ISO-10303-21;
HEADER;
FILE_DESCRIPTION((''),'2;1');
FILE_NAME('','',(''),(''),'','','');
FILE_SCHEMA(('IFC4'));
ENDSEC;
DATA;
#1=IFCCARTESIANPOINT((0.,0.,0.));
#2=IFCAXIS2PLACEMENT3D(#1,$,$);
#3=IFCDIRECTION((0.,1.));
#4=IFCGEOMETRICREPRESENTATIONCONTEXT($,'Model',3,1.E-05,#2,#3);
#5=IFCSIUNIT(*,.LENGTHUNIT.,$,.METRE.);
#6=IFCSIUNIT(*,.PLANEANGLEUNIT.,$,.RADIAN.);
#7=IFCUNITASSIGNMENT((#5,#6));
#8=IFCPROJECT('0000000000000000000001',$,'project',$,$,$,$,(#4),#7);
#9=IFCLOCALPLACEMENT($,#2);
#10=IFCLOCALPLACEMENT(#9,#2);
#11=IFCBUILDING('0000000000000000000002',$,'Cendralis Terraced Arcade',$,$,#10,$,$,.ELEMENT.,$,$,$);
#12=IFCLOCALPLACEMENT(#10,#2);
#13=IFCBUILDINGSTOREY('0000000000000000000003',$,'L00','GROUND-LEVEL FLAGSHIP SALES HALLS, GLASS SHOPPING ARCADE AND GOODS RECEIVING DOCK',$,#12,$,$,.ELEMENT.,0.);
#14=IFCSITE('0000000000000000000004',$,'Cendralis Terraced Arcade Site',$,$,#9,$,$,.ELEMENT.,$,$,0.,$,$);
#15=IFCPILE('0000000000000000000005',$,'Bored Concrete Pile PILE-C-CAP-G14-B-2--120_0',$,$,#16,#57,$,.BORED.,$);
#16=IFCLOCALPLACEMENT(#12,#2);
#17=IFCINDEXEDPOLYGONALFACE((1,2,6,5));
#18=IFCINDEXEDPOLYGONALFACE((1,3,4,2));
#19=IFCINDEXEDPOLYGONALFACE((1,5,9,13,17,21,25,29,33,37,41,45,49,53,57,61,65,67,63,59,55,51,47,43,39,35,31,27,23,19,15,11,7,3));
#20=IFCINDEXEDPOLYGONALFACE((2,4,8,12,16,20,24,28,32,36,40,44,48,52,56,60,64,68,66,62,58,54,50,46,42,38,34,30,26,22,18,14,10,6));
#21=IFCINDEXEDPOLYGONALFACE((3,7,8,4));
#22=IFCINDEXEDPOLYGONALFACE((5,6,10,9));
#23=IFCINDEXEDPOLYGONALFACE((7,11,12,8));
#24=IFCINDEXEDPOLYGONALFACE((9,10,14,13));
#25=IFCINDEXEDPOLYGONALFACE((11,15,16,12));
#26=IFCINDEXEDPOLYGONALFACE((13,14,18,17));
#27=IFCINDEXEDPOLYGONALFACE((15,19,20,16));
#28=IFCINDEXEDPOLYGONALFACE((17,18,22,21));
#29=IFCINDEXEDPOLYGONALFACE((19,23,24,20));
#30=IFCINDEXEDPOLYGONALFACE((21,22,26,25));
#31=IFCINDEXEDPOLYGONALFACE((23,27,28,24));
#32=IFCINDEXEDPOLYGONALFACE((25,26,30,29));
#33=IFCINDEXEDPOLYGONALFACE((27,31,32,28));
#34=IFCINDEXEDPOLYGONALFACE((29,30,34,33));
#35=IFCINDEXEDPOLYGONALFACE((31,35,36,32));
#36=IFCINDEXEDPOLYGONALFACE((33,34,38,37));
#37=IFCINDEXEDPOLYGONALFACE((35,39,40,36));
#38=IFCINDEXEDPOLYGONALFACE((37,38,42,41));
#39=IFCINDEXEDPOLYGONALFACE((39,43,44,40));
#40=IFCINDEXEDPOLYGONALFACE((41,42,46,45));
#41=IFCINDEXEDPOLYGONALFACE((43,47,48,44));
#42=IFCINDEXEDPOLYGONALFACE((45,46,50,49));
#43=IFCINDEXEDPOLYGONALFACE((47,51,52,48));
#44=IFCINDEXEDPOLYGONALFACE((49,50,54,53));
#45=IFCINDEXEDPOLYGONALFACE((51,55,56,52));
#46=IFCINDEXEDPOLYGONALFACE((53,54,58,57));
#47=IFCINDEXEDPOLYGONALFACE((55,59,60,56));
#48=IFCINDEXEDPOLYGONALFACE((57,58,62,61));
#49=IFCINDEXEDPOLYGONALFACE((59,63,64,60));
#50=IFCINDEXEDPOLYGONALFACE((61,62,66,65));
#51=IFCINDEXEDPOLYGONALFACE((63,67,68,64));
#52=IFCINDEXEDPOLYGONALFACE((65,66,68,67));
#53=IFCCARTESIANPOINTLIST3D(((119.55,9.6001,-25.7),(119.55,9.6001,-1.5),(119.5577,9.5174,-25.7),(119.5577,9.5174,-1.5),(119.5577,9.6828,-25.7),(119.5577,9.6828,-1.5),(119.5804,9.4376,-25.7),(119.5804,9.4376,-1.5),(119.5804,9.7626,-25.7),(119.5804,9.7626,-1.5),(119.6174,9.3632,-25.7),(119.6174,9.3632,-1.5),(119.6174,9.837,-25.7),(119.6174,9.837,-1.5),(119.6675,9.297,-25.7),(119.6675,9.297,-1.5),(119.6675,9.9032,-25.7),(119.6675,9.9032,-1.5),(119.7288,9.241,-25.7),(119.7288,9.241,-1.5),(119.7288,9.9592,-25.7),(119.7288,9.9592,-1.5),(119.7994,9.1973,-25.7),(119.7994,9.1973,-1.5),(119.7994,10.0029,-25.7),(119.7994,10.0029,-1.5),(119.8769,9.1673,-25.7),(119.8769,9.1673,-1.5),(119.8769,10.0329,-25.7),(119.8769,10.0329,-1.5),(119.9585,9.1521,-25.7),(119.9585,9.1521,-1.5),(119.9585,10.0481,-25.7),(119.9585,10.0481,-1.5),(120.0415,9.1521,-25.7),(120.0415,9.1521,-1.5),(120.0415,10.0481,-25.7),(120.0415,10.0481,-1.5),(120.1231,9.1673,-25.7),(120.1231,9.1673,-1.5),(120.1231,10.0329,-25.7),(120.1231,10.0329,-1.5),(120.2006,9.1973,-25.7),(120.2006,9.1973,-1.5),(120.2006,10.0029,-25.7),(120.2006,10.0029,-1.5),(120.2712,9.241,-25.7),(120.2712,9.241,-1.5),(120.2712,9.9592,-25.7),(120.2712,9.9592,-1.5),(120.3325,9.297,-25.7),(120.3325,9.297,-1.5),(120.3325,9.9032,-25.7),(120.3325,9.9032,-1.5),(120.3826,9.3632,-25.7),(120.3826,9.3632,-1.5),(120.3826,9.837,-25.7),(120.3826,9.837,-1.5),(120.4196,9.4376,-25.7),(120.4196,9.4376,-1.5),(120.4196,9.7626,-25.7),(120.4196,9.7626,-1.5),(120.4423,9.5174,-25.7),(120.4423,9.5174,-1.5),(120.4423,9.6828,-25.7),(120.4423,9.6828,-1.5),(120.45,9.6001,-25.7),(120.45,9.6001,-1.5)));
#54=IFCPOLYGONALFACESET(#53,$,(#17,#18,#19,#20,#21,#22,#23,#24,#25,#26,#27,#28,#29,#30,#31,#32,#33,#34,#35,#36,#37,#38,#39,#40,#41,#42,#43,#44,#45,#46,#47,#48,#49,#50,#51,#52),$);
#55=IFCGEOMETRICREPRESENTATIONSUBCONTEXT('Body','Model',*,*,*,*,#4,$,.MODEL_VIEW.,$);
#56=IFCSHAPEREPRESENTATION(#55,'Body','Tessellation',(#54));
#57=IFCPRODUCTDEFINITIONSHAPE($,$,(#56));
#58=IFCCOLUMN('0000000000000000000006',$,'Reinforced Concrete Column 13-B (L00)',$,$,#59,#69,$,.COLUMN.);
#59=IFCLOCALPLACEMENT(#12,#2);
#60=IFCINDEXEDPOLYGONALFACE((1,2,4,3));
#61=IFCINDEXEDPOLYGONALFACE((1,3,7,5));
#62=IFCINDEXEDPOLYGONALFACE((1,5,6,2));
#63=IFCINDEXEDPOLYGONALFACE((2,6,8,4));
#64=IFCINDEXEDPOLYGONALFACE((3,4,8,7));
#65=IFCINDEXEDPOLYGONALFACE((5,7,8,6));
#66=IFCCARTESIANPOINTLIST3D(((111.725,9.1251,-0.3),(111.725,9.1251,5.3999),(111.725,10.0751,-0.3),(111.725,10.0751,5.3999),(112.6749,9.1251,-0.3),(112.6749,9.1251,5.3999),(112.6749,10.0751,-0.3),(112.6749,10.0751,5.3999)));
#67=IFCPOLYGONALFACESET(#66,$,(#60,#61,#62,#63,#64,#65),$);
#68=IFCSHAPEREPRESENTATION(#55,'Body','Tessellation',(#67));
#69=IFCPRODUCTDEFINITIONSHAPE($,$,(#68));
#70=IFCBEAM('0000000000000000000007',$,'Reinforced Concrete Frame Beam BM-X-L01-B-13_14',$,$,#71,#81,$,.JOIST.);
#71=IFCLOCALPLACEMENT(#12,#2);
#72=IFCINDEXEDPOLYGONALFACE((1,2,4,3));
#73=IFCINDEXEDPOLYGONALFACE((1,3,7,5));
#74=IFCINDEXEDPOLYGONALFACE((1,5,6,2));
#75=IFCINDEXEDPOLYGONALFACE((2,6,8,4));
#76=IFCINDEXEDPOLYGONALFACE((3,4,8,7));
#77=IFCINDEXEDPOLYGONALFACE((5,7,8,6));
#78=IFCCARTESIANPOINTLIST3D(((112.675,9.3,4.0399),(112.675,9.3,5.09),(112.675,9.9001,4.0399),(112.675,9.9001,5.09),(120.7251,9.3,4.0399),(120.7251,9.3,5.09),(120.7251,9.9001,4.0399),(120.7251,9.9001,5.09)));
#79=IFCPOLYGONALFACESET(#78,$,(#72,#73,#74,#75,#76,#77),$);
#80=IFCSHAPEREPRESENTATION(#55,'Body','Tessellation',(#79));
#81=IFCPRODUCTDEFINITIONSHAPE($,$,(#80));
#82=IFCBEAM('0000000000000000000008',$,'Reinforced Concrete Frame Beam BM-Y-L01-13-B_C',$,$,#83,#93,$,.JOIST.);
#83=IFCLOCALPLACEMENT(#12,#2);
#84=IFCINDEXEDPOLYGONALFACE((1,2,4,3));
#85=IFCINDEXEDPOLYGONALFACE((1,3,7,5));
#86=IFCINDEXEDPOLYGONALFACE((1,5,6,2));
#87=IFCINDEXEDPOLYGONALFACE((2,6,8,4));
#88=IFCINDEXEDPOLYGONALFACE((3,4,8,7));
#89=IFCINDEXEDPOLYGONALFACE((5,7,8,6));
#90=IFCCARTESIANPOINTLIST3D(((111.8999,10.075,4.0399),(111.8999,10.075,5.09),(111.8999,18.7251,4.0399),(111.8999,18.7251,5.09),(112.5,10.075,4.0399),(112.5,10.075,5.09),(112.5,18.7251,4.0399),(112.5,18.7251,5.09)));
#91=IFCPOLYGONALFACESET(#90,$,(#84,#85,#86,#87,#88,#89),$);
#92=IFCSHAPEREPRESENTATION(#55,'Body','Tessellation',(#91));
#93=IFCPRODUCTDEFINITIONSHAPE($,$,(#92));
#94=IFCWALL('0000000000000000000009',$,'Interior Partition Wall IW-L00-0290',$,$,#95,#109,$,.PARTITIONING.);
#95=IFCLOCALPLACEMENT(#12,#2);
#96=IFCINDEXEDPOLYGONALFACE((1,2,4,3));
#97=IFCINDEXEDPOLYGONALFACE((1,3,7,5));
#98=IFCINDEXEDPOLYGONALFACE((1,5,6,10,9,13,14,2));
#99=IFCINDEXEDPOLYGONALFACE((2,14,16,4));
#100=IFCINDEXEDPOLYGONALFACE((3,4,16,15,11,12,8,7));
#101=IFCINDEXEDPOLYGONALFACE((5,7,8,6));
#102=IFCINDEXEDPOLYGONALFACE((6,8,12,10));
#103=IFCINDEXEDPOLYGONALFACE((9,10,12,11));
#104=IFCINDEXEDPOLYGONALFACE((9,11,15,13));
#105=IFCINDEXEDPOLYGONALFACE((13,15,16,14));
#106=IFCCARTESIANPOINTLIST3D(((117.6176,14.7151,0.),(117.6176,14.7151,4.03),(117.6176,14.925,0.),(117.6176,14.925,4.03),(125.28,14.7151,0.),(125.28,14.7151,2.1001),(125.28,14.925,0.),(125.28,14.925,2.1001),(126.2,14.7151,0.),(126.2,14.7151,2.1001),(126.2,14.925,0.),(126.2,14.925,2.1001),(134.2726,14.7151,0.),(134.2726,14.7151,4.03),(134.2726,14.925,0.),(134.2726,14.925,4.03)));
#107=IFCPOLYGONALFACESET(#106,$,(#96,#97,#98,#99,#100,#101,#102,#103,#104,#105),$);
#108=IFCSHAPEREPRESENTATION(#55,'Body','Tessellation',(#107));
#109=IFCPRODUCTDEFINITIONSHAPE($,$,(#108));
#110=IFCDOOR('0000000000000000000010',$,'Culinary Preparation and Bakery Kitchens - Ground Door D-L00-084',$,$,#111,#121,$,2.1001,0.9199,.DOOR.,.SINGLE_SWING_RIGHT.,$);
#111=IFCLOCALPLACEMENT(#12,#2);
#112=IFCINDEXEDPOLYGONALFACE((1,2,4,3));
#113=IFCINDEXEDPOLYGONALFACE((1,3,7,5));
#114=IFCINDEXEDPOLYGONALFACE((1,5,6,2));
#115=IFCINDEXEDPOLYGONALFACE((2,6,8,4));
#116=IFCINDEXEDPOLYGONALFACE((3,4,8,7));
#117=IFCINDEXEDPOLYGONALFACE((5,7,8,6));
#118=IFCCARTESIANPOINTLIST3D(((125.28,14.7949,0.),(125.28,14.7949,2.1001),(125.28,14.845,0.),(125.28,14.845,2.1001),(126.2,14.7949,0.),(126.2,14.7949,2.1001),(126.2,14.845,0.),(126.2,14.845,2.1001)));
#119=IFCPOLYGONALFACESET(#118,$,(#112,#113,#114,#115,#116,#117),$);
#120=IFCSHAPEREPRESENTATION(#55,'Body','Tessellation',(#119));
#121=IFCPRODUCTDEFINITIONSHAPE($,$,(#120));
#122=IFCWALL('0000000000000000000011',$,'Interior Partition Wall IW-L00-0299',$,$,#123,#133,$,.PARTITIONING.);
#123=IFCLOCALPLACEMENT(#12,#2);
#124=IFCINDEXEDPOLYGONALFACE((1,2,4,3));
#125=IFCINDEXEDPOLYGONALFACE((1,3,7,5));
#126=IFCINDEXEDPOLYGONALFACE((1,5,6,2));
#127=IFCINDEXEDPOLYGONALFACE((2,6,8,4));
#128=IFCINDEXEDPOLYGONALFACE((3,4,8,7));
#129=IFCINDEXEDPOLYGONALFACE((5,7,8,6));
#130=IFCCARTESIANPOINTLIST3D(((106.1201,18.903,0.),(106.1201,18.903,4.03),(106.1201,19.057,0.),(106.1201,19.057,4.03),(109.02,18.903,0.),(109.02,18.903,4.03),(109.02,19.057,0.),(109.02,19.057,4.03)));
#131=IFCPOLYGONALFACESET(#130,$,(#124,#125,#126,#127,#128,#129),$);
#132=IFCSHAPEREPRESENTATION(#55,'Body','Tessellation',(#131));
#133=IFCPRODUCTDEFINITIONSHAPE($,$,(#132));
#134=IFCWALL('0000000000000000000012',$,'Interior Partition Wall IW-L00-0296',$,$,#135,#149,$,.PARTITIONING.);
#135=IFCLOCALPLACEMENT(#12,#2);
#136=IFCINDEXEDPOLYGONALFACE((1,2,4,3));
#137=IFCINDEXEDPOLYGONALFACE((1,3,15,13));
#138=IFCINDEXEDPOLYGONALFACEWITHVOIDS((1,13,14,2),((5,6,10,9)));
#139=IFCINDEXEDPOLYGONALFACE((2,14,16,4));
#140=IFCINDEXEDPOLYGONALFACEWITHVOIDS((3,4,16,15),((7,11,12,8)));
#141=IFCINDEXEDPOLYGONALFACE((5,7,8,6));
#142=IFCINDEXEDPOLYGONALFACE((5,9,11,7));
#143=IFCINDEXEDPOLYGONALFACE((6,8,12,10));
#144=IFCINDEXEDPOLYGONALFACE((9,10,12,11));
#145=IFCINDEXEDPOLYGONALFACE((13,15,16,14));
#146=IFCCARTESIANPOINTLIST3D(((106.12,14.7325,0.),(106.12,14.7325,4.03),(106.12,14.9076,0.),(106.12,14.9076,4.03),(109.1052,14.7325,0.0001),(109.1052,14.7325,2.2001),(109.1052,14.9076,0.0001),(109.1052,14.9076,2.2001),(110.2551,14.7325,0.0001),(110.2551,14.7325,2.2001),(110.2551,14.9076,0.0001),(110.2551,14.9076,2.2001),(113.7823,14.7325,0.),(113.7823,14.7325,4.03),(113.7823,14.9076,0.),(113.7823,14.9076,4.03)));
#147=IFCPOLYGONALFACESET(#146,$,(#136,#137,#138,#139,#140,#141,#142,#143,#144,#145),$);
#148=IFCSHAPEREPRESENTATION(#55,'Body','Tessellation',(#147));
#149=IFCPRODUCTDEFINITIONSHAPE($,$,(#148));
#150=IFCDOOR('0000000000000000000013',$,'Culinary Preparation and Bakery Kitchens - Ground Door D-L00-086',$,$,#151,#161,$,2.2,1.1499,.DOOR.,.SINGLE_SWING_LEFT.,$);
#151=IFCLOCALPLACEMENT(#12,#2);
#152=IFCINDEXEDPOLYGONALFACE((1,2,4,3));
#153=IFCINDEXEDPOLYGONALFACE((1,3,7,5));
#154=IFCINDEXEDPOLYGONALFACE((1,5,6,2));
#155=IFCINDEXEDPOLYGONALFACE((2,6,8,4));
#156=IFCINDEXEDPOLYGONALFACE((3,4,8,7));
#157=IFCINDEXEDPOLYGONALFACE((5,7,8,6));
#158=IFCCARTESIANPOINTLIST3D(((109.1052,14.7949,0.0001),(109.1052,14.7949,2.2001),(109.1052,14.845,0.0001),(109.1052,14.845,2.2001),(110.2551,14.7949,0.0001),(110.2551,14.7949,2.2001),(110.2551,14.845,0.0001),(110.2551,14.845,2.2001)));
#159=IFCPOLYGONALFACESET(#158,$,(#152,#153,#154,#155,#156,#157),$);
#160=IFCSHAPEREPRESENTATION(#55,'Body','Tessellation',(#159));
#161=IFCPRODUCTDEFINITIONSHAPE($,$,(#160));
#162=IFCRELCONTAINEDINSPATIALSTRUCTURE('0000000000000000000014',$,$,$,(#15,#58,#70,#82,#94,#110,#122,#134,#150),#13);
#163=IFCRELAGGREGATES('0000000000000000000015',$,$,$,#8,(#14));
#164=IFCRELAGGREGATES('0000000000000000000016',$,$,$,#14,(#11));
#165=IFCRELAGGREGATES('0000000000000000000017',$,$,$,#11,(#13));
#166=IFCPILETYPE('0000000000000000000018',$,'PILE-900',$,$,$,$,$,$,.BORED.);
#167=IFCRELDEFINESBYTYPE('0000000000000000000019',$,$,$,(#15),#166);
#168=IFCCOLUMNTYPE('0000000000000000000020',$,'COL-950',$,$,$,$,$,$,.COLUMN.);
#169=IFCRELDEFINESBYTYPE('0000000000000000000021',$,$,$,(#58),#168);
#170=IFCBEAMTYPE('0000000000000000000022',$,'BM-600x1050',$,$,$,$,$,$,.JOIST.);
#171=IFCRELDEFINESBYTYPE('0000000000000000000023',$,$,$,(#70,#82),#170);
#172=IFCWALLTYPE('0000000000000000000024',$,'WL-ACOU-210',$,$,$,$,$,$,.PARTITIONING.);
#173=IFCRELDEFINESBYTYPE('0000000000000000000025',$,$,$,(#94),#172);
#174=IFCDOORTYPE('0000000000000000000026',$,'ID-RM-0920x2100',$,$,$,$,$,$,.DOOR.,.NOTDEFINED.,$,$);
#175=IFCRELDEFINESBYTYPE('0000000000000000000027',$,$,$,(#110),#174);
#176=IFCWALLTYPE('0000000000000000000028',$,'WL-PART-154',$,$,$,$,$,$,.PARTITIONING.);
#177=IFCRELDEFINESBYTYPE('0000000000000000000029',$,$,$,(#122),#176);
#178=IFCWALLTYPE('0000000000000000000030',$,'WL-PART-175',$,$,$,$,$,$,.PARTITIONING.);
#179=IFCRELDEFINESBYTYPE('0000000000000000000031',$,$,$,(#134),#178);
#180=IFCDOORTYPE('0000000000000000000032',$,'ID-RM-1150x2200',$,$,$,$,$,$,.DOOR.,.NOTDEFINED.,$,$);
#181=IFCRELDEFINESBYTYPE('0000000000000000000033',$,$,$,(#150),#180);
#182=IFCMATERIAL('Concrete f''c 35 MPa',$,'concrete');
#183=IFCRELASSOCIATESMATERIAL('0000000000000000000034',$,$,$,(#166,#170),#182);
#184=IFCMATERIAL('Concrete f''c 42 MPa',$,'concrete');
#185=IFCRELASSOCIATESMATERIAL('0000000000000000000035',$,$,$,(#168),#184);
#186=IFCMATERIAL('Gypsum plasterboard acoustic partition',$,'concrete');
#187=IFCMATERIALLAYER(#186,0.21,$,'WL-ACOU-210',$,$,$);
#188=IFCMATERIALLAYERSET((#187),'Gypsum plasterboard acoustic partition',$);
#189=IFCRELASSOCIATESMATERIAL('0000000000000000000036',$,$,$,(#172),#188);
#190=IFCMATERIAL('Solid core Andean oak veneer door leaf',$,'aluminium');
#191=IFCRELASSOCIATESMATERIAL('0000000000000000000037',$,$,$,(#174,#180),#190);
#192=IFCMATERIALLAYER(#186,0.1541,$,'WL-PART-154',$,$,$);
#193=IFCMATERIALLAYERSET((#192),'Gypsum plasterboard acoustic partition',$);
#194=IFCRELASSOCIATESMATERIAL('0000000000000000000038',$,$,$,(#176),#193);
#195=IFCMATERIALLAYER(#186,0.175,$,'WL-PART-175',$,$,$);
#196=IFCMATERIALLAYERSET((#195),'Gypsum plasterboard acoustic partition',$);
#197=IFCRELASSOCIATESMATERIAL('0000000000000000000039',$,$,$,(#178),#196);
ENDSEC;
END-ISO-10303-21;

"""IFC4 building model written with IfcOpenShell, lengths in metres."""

from ifc_helpers import new_model, si_unit, direction, frame, frame_2d, origin, origin_2d, place, context, subcontext, project, spatial, rectangle, circle, extrude, material, layer, layer_set, material_profile, profile_set, type_object, element, fill, save


model = new_model("IFC4")

# Units and contexts
model_context = context("Model", 3, precision=1e-05, world=origin(), true_north=direction((0.0, 1.0)))
body_context = subcontext(model_context, "Body", "Model", "MODEL_VIEW")
ifc_project = project(units=[si_unit("LENGTHUNIT", "METRE"), si_unit("PLANEANGLEUNIT", "RADIAN")], contexts=[model_context])

# Site, building, storey
site_placement = place(None, origin())
site = spatial("IfcSite", under=ifc_project, at=site_placement, Name="Cendralis Terraced Arcade Site", CompositionType="ELEMENT", RefElevation=0.0)
building_placement = place(site_placement, origin())
building = spatial("IfcBuilding", under=site, at=building_placement, Name="Cendralis Terraced Arcade", CompositionType="ELEMENT")
storey_placement = place(building_placement, origin())
storey = spatial("IfcBuildingStorey", under=building, at=storey_placement, Name="L00", Description="GROUND-LEVEL FLAGSHIP SALES HALLS, GLASS SHOPPING ARCADE AND GOODS RECEIVING DOCK", CompositionType="ELEMENT", Elevation=0.0)

# Shared definitions
ifc_material_1 = material(Name="Concrete f'c 35 MPa", Category="concrete")

# Pile
ifc_material_profile_1 = material_profile(ifc_material_1, circle(Radius=0.45, at=origin_2d()), Name="PILE-D900", Category="LoadBearing")
ifc_profile_set_1 = profile_set([ifc_material_profile_1], Name="Concrete f'c 35 MPa")
pile_type_1 = type_object("IfcPileType", Name="PILE-900", PredefinedType="BORED", material=ifc_profile_set_1)
pile_1_placement = place(storey_placement, frame((120.0, 9.6001, -1.5), z_axis=(0.0, 0.0, -1.0), x_axis=(1.0, 0.0, 0.0)))
element("IfcPile", 1, at=pile_1_placement, inside=storey, type_object=pile_type_1, Name="Bored Concrete Pile PILE-C-CAP-G14-B-2--120_0", PredefinedType="BORED", context=body_context, shape_type="SweptSolid", body=[
    extrude(circle(Radius=0.45, at=origin_2d()), origin(), (0.0, 0.0, 1.0), 24.2),
])

# Column
ifc_material_2 = material(Name="Concrete f'c 42 MPa", Category="concrete")
ifc_material_profile_2 = material_profile(ifc_material_2, rectangle(XDim=0.95, YDim=0.95, at=origin_2d()), Name="RC-COL-950x950", Category="LoadBearing")
ifc_profile_set_2 = profile_set([ifc_material_profile_2], Name="Concrete f'c 42 MPa")
column_type = type_object("IfcColumnType", Name="COL-950", PredefinedType="COLUMN", material=ifc_profile_set_2)
column_placement = place(storey_placement, frame((112.2, 9.6001, -0.3), z_axis=(0.0, 0.0, 1.0), x_axis=(1.0, 0.0, 0.0)))
element("IfcColumn", 2, at=column_placement, inside=storey, type_object=column_type, Name="Reinforced Concrete Column 13-B (L00)", PredefinedType="COLUMN", context=body_context, shape_type="SweptSolid", body=[
    extrude(rectangle(XDim=0.95, YDim=0.95, at=origin_2d()), origin(), (0.0, 0.0, 1.0), 5.7),
])

# Beams
ifc_material_profile_3 = material_profile(ifc_material_1, rectangle(XDim=0.6001, YDim=1.05, at=origin_2d()), Name="RC-BM-600x1050", Category="LoadBearing")
ifc_profile_set_3 = profile_set([ifc_material_profile_3], Name="Concrete f'c 35 MPa")
beam_type = type_object("IfcBeamType", Name="BM-600x1050", PredefinedType="JOIST", material=ifc_profile_set_3)
beam_1_placement = place(storey_placement, frame((112.675, 9.6001, 4.5649), z_axis=(1.0, 0.0, 0.0), x_axis=(0.0, 1.0, 0.0)))
element("IfcBeam", 3, at=beam_1_placement, inside=storey, type_object=beam_type, Name="Reinforced Concrete Frame Beam BM-X-L01-B-13_14", PredefinedType="JOIST", context=body_context, shape_type="SweptSolid", body=[
    extrude(rectangle(XDim=0.6001, YDim=1.05, at=origin_2d()), origin(), (0.0, 0.0, 1.0), 8.05),
])
beam_2_placement = place(storey_placement, frame((112.2, 10.075, 4.5649), z_axis=(0.0, 1.0, 0.0), x_axis=(-1.0, 0.0, 0.0)))
element("IfcBeam", 4, at=beam_2_placement, inside=storey, type_object=beam_type, Name="Reinforced Concrete Frame Beam BM-Y-L01-13-B_C", PredefinedType="JOIST", context=body_context, shape_type="SweptSolid", body=[
    extrude(rectangle(XDim=0.6001, YDim=1.05, at=origin_2d()), origin(), (0.0, 0.0, 1.0), 8.6501),
])

# Wall, opening, door
ifc_material_3 = material(Name="Gypsum plasterboard acoustic partition", Category="concrete")
ifc_layer_1 = layer(ifc_material_3, 0.21, Name="WL-ACOU-210")
ifc_layer_set_1 = layer_set([ifc_layer_1], Name="Gypsum plasterboard acoustic partition")
wall_type_1 = type_object("IfcWallType", Name="WL-ACOU-210", PredefinedType="PARTITIONING", material=ifc_layer_set_1)
wall_1_placement = place(storey_placement, frame((117.6174, 14.8201, 0.0), z_axis=(0.0, 0.0, 1.0), x_axis=(1.0, 0.0, 0.0)))
wall_1 = element("IfcWall", 5, at=wall_1_placement, inside=storey, type_object=wall_type_1, Name="Interior Partition Wall IW-L00-0290", PredefinedType="PARTITIONING", context=body_context, shape_type="SweptSolid", body=[
    extrude(rectangle(XDim=16.655, YDim=0.21, at=frame_2d((8.3276, 0.0))), origin(), (0.0, 0.0, 1.0), 4.03),
])
opening_1_placement = place(wall_1_placement, frame((7.6626, 0.0, 0.0)))
opening_1 = element("IfcOpeningElement", 6, at=opening_1_placement, cuts=wall_1, PredefinedType="OPENING", context=body_context, shape_type="SweptSolid", body=[
    extrude(rectangle(XDim=0.9199, YDim=2.1001, at=frame_2d((0.46, 1.05))), frame((0.0, 0.1169, 0.0), z_axis=(0.0, -1.0, 0.0), x_axis=(1.0, 0.0, 0.0)), (0.0, 0.0, 1.0), 0.2339),
])
ifc_material_4 = material(Name="Solid core Andean oak veneer door leaf", Category="aluminium")
door_type_1 = type_object("IfcDoorType", Name="ID-RM-0920x2100", OperationType="NOTDEFINED", PredefinedType="DOOR", material=ifc_material_4)
door_1_placement = place(opening_1_placement, origin())
door_1 = element("IfcDoor", 7, at=door_1_placement, inside=storey, type_object=door_type_1, Name="Culinary Preparation and Bakery Kitchens - Ground Door D-L00-084", OperationType="SINGLE_SWING_RIGHT", OverallHeight=2.1001, OverallWidth=0.9199, PredefinedType="DOOR", context=body_context, shape_type="SweptSolid", body=[
    extrude(rectangle(XDim=0.9199, YDim=2.1001, at=frame_2d((0.46, 1.05))), frame((0.0, 0.0249, 0.0), z_axis=(0.0, -1.0, 0.0), x_axis=(1.0, 0.0, 0.0)), (0.0, 0.0, 1.0), 0.05),
])
fill(opening_1, door_1)

# Wall
ifc_layer_2 = layer(ifc_material_3, 0.1541, Name="WL-PART-154")
ifc_layer_set_2 = layer_set([ifc_layer_2], Name="Gypsum plasterboard acoustic partition")
wall_type_2 = type_object("IfcWallType", Name="WL-PART-154", PredefinedType="PARTITIONING", material=ifc_layer_set_2)
wall_2_placement = place(storey_placement, frame((109.02, 18.98, 0.0), z_axis=(0.0, 0.0, 1.0), x_axis=(-1.0, 0.0, 0.0)))
element("IfcWall", 8, at=wall_2_placement, inside=storey, type_object=wall_type_2, Name="Interior Partition Wall IW-L00-0299", PredefinedType="PARTITIONING", context=body_context, shape_type="SweptSolid", body=[
    extrude(rectangle(XDim=2.8999, YDim=0.1541, at=frame_2d((1.45, 0.0))), origin(), (0.0, 0.0, 1.0), 4.03),
])

# Wall, opening, door
ifc_layer_3 = layer(ifc_material_3, 0.175, Name="WL-PART-175")
ifc_layer_set_3 = layer_set([ifc_layer_3], Name="Gypsum plasterboard acoustic partition")
wall_type_3 = type_object("IfcWallType", Name="WL-PART-175", PredefinedType="PARTITIONING", material=ifc_layer_set_3)
wall_3_placement = place(storey_placement, frame((106.1201, 14.8201, 0.0), z_axis=(0.0, 0.0, 1.0), x_axis=(1.0, 0.0, 0.0)))
wall_3 = element("IfcWall", 9, at=wall_3_placement, inside=storey, type_object=wall_type_3, Name="Interior Partition Wall IW-L00-0296", PredefinedType="PARTITIONING", context=body_context, shape_type="SweptSolid", body=[
    extrude(rectangle(XDim=7.6624, YDim=0.175, at=frame_2d((3.8311, 0.0))), origin(), (0.0, 0.0, 1.0), 4.03),
])
opening_2_placement = place(wall_3_placement, frame((2.9851, 0.0, 0.0)))
opening_2 = element("IfcOpeningElement", 10, at=opening_2_placement, cuts=wall_3, PredefinedType="OPENING", context=body_context, shape_type="SweptSolid", body=[
    extrude(rectangle(XDim=1.1499, YDim=2.2, at=frame_2d((0.575, 1.1001))), frame((0.0, 0.0996, 0.0), z_axis=(0.0, -1.0, 0.0), x_axis=(1.0, 0.0, 0.0)), (0.0, 0.0, 1.0), 0.199),
])
door_type_2 = type_object("IfcDoorType", Name="ID-RM-1150x2200", OperationType="NOTDEFINED", PredefinedType="DOOR", material=ifc_material_4)
door_2_placement = place(opening_2_placement, origin())
door_2 = element("IfcDoor", 11, at=door_2_placement, inside=storey, type_object=door_type_2, Name="Culinary Preparation and Bakery Kitchens - Ground Door D-L00-086", OperationType="SINGLE_SWING_LEFT", OverallHeight=2.2, OverallWidth=1.1499, PredefinedType="DOOR", context=body_context, shape_type="SweptSolid", body=[
    extrude(rectangle(XDim=1.1499, YDim=2.2, at=frame_2d((0.575, 1.1001))), frame((0.0, 0.0249, 0.0), z_axis=(0.0, -1.0, 0.0), x_axis=(1.0, 0.0, 0.0)), (0.0, 0.0, 1.0), 0.05),
])
fill(opening_2, door_2)

save(model, "model.ifc")
